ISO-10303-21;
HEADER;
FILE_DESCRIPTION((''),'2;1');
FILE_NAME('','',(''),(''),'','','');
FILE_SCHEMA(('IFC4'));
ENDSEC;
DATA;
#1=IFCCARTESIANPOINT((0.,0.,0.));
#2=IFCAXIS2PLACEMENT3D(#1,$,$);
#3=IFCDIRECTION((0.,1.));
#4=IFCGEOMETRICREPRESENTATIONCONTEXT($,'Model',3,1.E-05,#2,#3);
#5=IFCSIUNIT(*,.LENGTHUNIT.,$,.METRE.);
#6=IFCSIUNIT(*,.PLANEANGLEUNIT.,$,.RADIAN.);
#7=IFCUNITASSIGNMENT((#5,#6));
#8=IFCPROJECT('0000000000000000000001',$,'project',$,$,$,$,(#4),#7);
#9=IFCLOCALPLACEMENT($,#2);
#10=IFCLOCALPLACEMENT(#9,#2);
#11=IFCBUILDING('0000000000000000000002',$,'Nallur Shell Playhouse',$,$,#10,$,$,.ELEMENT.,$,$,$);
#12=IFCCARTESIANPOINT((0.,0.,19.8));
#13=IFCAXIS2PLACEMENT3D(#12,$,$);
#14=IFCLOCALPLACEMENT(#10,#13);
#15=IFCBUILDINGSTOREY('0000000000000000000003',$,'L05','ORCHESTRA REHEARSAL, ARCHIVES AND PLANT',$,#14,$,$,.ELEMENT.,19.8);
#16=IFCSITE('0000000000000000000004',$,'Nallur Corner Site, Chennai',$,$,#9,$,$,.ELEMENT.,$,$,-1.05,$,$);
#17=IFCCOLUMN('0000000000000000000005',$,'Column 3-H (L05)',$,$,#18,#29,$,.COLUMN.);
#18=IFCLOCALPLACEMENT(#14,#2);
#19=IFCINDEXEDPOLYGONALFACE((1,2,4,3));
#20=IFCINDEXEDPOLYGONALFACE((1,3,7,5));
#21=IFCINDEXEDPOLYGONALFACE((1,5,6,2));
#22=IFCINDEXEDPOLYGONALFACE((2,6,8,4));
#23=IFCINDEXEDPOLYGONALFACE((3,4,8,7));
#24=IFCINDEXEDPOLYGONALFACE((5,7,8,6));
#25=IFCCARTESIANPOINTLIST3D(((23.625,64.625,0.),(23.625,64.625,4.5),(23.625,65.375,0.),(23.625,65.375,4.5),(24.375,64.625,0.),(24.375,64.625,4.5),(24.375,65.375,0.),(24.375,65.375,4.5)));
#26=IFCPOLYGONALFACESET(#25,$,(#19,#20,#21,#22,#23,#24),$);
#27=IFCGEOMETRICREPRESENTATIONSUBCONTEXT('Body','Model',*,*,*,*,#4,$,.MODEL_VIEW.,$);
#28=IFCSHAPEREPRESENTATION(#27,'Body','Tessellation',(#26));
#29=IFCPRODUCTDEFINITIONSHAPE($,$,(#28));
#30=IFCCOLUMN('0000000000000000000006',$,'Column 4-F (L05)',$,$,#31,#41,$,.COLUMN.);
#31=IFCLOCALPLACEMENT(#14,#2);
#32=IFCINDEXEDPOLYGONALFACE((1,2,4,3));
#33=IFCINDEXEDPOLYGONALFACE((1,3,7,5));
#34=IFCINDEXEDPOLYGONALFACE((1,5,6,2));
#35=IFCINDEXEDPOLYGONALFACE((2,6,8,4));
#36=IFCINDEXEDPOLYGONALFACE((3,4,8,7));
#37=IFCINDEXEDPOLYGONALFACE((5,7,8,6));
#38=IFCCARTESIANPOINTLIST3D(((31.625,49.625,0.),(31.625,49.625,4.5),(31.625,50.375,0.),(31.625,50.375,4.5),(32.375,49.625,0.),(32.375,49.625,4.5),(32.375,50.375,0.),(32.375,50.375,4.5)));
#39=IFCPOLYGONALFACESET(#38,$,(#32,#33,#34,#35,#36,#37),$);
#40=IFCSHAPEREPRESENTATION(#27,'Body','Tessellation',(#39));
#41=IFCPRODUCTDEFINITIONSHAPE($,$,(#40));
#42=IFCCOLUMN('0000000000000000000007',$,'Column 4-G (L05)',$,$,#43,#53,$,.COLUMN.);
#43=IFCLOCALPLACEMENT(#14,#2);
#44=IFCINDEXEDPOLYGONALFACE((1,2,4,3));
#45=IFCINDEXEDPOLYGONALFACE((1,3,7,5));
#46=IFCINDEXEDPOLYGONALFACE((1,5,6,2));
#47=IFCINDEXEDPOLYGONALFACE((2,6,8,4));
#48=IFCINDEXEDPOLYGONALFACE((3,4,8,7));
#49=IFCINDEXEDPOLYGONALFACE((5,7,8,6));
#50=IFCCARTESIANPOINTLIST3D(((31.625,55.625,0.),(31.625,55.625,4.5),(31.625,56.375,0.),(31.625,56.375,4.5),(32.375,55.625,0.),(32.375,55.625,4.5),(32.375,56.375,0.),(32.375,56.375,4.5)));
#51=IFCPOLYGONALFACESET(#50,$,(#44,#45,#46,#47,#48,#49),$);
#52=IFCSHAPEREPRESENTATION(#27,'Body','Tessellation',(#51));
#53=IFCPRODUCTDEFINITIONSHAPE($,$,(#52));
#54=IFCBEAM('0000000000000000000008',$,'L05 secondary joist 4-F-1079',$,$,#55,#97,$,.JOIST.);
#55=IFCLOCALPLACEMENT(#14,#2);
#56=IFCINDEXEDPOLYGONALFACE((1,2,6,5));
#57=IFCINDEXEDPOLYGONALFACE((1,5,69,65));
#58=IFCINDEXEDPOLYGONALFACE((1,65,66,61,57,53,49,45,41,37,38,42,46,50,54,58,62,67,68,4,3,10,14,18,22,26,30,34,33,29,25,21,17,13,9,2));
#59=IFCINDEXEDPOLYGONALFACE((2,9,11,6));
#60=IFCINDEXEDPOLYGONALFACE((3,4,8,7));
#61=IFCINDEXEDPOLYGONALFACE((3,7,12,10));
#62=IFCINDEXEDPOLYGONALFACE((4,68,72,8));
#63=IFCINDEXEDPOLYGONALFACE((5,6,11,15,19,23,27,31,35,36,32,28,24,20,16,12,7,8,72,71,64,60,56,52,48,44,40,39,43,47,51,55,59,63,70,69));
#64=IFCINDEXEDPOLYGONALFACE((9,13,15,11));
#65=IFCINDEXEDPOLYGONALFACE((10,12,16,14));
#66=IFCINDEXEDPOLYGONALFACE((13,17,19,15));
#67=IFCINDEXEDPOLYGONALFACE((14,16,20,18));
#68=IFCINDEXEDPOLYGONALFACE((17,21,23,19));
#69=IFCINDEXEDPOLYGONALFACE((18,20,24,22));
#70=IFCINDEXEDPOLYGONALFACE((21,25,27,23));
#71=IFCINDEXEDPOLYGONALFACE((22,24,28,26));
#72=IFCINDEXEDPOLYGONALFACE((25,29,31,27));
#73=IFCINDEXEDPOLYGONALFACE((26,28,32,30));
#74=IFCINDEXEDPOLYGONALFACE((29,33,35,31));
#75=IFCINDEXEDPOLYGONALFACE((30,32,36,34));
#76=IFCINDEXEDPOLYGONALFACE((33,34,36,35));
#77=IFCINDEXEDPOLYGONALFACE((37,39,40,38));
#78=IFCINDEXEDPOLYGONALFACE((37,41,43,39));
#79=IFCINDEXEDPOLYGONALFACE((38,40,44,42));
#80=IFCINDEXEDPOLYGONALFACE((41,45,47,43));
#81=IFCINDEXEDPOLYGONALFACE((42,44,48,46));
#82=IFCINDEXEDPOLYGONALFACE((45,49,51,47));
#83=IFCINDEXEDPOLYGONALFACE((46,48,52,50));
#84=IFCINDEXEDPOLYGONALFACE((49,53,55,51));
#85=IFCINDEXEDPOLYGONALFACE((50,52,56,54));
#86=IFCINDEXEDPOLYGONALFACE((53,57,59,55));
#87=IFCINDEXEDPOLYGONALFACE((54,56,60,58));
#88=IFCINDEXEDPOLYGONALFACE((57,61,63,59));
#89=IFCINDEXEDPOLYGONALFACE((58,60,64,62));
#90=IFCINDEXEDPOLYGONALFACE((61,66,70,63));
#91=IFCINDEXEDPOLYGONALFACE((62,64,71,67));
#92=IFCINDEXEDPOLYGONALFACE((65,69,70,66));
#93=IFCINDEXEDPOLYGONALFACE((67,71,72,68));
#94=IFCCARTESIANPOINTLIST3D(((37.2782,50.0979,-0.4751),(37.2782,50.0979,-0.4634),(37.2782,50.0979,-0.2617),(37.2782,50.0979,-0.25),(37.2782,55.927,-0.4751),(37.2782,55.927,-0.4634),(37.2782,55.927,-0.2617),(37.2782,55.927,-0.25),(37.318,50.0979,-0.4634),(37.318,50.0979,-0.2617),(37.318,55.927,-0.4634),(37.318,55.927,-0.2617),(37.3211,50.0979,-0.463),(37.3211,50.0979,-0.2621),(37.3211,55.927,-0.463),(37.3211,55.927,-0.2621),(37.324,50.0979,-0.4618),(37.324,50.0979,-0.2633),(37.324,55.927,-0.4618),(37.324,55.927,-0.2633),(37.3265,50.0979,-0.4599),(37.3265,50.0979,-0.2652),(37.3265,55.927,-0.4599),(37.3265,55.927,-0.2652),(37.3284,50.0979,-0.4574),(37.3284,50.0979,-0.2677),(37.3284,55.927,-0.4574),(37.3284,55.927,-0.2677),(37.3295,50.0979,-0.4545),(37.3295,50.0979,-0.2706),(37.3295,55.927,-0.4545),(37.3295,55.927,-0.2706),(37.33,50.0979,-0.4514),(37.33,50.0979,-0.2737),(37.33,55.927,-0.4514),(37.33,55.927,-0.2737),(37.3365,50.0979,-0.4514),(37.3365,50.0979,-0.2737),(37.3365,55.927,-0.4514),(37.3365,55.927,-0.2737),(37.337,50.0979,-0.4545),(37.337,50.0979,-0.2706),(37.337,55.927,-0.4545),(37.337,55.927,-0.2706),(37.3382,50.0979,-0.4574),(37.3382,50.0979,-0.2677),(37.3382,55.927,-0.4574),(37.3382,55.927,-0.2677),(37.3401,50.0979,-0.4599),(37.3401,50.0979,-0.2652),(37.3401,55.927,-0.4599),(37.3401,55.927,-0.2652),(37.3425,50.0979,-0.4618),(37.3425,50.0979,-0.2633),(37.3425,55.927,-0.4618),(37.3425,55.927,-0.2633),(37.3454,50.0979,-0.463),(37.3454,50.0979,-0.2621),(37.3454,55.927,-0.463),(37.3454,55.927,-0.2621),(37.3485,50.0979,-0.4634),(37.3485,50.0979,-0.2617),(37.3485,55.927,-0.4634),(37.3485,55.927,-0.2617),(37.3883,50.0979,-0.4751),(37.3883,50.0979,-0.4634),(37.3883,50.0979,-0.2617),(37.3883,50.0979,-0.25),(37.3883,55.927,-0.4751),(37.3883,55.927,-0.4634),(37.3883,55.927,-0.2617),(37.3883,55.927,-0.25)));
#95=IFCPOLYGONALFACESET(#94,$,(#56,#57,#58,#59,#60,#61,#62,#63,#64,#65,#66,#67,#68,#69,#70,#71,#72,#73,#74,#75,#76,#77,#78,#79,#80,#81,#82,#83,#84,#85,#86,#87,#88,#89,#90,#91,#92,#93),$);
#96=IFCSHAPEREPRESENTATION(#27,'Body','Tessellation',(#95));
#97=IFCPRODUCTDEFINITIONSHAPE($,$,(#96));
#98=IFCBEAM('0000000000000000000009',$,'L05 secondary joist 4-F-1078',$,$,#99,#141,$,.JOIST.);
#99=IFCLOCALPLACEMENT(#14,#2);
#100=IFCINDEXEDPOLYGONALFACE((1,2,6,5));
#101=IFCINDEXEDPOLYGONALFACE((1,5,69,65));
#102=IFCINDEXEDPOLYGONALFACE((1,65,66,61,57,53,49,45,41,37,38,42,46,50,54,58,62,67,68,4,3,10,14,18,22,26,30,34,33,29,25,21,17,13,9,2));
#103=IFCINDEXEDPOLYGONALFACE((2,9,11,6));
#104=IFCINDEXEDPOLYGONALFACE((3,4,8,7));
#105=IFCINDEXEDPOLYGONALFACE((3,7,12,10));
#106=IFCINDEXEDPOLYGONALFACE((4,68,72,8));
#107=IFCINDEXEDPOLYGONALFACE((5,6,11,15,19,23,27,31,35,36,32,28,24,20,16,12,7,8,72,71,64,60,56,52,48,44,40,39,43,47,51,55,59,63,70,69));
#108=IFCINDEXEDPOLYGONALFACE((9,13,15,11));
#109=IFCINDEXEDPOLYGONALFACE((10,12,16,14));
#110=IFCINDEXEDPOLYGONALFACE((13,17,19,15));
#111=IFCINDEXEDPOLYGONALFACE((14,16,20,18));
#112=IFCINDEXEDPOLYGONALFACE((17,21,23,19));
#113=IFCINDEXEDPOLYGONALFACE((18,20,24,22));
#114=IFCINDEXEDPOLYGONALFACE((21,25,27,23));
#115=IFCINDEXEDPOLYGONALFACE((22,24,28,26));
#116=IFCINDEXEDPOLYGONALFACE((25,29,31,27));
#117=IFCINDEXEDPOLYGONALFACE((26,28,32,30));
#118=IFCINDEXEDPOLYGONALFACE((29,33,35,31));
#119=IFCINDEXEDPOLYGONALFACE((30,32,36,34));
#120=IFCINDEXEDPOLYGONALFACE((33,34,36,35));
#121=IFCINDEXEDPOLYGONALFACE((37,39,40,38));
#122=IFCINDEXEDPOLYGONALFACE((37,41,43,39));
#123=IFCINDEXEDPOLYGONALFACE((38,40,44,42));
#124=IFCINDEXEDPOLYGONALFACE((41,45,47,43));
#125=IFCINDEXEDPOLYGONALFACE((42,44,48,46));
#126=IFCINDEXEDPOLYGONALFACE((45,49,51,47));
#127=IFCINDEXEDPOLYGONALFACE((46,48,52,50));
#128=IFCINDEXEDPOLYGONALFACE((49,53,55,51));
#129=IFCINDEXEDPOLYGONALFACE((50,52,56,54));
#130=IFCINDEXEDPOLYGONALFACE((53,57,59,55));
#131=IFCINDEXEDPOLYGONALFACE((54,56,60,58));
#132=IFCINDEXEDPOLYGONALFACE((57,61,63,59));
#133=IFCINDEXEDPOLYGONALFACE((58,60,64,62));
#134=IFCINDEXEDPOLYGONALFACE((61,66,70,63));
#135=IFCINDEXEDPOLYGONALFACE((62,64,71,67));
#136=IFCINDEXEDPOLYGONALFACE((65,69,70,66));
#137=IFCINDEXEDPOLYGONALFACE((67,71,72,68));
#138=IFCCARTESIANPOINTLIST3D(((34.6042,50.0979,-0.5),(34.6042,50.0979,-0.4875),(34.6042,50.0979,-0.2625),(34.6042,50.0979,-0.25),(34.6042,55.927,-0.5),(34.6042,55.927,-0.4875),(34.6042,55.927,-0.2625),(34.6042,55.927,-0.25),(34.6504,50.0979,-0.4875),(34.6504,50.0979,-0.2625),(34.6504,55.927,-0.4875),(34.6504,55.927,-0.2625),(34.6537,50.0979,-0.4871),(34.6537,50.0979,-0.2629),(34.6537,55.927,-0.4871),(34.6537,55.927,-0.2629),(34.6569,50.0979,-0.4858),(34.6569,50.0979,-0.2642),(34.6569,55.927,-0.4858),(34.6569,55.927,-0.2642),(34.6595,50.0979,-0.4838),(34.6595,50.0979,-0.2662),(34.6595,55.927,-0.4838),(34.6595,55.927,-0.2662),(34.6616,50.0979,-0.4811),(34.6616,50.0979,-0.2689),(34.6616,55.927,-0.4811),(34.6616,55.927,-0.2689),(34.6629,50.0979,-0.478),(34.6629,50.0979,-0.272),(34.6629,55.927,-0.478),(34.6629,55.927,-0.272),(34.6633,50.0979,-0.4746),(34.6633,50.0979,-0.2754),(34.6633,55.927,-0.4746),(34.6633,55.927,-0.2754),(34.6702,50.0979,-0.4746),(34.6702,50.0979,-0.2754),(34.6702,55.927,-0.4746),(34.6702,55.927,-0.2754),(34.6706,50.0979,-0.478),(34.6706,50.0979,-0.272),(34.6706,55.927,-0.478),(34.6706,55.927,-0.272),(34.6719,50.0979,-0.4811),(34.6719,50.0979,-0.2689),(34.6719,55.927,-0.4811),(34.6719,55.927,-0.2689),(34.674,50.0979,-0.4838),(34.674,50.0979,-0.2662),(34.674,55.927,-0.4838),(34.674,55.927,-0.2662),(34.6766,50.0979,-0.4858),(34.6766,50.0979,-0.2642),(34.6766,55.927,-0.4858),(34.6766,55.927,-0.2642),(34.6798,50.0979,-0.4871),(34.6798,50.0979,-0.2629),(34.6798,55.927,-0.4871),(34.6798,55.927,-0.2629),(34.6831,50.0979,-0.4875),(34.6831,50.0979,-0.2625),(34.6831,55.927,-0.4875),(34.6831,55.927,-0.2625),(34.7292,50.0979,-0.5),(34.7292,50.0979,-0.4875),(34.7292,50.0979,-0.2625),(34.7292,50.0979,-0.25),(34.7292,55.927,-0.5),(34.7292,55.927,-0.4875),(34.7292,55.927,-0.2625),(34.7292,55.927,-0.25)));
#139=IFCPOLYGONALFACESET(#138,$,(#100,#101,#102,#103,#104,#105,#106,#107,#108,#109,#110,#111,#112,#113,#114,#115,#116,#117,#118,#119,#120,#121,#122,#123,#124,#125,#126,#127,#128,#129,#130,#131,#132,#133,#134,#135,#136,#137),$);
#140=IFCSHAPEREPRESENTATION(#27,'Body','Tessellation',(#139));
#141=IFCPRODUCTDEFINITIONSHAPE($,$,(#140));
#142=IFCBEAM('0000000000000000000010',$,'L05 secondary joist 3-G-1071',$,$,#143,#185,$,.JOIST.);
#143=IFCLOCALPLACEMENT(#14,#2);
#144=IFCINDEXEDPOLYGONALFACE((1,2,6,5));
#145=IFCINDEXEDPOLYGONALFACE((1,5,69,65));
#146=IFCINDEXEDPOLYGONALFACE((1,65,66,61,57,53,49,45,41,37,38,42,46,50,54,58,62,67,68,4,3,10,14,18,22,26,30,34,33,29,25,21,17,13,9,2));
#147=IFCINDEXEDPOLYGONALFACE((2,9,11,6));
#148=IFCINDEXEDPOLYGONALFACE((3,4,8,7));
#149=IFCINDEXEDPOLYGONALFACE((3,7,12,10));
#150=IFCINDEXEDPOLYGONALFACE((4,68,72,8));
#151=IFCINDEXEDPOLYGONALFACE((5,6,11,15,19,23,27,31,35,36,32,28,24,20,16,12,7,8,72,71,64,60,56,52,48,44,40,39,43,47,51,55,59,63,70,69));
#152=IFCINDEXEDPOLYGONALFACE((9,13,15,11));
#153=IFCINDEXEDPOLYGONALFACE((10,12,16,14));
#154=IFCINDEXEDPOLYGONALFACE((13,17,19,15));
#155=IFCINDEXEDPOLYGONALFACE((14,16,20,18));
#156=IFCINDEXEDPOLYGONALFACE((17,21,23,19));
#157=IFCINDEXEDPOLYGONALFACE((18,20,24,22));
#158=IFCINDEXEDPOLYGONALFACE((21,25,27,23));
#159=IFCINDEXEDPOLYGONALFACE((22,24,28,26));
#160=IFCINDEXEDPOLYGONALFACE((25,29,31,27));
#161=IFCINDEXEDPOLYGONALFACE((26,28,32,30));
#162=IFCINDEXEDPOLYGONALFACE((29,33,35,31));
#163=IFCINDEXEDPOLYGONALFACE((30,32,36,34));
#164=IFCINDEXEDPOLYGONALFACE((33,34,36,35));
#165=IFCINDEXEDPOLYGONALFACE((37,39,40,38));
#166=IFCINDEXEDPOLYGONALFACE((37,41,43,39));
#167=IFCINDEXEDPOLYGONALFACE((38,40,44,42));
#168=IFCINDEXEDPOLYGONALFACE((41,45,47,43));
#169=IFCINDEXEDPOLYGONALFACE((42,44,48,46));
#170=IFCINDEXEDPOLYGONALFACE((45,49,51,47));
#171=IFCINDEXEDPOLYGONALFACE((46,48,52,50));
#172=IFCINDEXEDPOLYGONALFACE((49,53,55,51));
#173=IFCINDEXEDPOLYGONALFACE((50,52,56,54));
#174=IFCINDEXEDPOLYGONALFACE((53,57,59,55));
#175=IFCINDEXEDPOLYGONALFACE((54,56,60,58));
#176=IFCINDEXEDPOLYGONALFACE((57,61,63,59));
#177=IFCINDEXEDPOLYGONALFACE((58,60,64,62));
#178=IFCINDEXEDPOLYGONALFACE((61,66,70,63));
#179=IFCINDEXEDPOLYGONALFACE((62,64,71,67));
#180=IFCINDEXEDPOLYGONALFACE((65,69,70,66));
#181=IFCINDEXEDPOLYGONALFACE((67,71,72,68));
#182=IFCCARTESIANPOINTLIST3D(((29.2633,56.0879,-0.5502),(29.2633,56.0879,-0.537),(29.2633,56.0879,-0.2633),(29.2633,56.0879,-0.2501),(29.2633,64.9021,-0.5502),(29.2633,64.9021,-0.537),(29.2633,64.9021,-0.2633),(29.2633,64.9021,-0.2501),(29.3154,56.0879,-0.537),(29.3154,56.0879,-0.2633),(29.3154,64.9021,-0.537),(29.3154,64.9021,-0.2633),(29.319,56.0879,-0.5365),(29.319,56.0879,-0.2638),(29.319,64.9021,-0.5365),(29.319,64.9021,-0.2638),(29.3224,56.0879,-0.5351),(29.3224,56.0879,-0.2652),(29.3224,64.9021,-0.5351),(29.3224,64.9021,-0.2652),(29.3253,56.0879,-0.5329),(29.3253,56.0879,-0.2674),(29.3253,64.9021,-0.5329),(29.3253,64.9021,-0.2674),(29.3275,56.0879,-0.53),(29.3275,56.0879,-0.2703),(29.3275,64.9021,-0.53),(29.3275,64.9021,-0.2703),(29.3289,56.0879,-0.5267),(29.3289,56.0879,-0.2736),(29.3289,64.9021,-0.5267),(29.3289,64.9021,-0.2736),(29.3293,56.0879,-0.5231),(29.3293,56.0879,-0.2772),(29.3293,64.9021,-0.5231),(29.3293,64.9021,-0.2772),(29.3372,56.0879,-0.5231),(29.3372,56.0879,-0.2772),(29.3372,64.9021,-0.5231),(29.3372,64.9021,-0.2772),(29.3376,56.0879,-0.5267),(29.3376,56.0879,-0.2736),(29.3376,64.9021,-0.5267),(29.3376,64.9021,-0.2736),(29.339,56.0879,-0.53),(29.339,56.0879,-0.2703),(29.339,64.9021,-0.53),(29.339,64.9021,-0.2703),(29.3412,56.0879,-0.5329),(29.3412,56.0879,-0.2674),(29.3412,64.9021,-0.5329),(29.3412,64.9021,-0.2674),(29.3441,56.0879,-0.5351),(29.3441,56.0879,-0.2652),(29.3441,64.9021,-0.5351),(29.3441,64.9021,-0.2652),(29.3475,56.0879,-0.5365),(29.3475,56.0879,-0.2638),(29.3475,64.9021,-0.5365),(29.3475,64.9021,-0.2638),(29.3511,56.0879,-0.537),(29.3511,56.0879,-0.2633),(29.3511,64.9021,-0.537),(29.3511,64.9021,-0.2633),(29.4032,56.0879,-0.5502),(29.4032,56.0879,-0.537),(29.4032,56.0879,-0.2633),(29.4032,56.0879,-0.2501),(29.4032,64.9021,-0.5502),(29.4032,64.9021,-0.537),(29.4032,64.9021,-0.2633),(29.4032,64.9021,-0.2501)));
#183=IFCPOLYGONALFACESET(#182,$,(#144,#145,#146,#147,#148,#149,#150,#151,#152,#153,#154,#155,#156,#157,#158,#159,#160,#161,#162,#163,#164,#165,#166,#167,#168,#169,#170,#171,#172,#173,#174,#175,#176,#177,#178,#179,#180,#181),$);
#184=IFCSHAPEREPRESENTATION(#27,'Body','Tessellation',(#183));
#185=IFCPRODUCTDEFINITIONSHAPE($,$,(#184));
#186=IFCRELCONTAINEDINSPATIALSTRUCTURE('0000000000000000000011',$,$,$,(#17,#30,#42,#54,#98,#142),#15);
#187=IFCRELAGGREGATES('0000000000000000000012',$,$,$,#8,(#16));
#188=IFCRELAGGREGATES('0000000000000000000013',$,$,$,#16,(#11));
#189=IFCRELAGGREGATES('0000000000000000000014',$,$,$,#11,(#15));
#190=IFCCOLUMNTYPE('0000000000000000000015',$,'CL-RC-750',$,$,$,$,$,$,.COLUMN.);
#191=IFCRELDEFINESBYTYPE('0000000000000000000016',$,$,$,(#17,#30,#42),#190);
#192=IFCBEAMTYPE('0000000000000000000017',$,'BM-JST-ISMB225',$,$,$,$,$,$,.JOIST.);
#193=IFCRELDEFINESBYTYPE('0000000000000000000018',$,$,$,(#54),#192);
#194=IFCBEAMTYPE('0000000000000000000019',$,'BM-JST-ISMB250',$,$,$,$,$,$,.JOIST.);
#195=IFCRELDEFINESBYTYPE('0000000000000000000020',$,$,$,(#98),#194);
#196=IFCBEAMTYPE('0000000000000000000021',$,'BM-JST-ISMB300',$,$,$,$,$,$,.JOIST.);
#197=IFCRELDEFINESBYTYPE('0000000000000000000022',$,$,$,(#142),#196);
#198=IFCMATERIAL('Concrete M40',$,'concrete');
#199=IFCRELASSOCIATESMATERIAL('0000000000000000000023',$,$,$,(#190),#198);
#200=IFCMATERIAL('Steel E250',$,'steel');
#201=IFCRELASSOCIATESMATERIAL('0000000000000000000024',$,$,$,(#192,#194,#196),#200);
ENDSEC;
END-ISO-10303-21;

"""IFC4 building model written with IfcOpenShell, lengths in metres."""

from ifc_helpers import new_model, si_unit, direction, frame, origin, origin_2d, place, context, subcontext, project, spatial, rectangle, i_section, extrude, material, material_profile, profile_set, type_object, element, save


model = new_model("IFC4")

# Units and contexts
model_context = context("Model", 3, precision=1e-05, world=origin(), true_north=direction((0.0, 1.0)))
body_context = subcontext(model_context, "Body", "Model", "MODEL_VIEW")
ifc_project = project(units=[si_unit("LENGTHUNIT", "METRE"), si_unit("PLANEANGLEUNIT", "RADIAN")], contexts=[model_context])

# Site, building, storey
site_placement = place(None, origin())
site = spatial("IfcSite", under=ifc_project, at=site_placement, Name="Nallur Corner Site, Chennai", CompositionType="ELEMENT", RefElevation=-1.05)
building_placement = place(site_placement, origin())
building = spatial("IfcBuilding", under=site, at=building_placement, Name="Nallur Shell Playhouse", CompositionType="ELEMENT")
storey_placement = place(building_placement, frame((0.0, 0.0, 19.8)))
storey = spatial("IfcBuildingStorey", under=building, at=storey_placement, Name="L05", Description="ORCHESTRA REHEARSAL, ARCHIVES AND PLANT", CompositionType="ELEMENT", Elevation=19.8)

# Columns
ifc_material_1 = material(Name="Concrete M40", Category="concrete")
ifc_material_profile_1 = material_profile(ifc_material_1, rectangle(XDim=0.75, YDim=0.75, at=origin_2d()), Name="RC 750x750")
ifc_profile_set_1 = profile_set([ifc_material_profile_1], Name="Concrete M40")
column_type = type_object("IfcColumnType", Name="CL-RC-750", PredefinedType="COLUMN", material=ifc_profile_set_1)
for number, where, z_axis, x_axis, name in (
    (1, (24.0, 65.0, 0.0), (0.0, 0.0, 1.0), (1.0, 0.0, 0.0), "Column 3-H (L05)"),
    (2, (32.0, 50.0, 0.0), (0.0, 0.0, 1.0), (1.0, 0.0, 0.0), "Column 4-F (L05)"),
    (3, (32.0, 56.0, 0.0), (0.0, 0.0, 1.0), (1.0, 0.0, 0.0), "Column 4-G (L05)"),
):
    element("IfcColumn", number, at=place(storey_placement, frame(where, z_axis=z_axis, x_axis=x_axis)), inside=storey, type_object=column_type, Name=name, PredefinedType="COLUMN", context=body_context, shape_type="SweptSolid", body=[
        extrude(rectangle(XDim=0.75, YDim=0.75, at=origin_2d()), origin(), (0.0, 0.0, 1.0), 4.5),
    ])

# Beams
ifc_material_2 = material(Name="Steel E250", Category="steel")
ifc_material_profile_2 = material_profile(ifc_material_2, i_section(OverallWidth=0.1101, OverallDepth=0.2251, WebThickness=0.0066, FlangeThickness=0.0117, FilletRadius=0.012, at=origin_2d()), Name="ISMB 225")
ifc_profile_set_2 = profile_set([ifc_material_profile_2], Name="Steel E250")
beam_type_1 = type_object("IfcBeamType", Name="BM-JST-ISMB225", PredefinedType="JOIST", material=ifc_profile_set_2)
beam_1_placement = place(storey_placement, frame((37.3333, 50.0979, -0.3625), z_axis=(0.0, 1.0, 0.0), x_axis=(-1.0, 0.0, 0.0)))
element("IfcBeam", 4, at=beam_1_placement, inside=storey, type_object=beam_type_1, Name="L05 secondary joist 4-F-1079", PredefinedType="JOIST", context=body_context, shape_type="SweptSolid", body=[
    extrude(i_section(OverallWidth=0.1101, OverallDepth=0.2251, WebThickness=0.0066, FlangeThickness=0.0117, FilletRadius=0.012, at=origin_2d()), origin(), (0.0, 0.0, 1.0), 5.8291),
])
ifc_material_profile_3 = material_profile(ifc_material_2, i_section(OverallWidth=0.125, OverallDepth=0.25, WebThickness=0.0068, FlangeThickness=0.0125, FilletRadius=0.0129, at=origin_2d()), Name="ISMB 250")
ifc_profile_set_3 = profile_set([ifc_material_profile_3], Name="Steel E250")
beam_type_2 = type_object("IfcBeamType", Name="BM-JST-ISMB250", PredefinedType="JOIST", material=ifc_profile_set_3)
beam_2_placement = place(storey_placement, frame((34.6667, 50.0979, -0.375), z_axis=(0.0, 1.0, 0.0), x_axis=(-1.0, 0.0, 0.0)))
element("IfcBeam", 5, at=beam_2_placement, inside=storey, type_object=beam_type_2, Name="L05 secondary joist 4-F-1078", PredefinedType="JOIST", context=body_context, shape_type="SweptSolid", body=[
    extrude(i_section(OverallWidth=0.125, OverallDepth=0.25, WebThickness=0.0068, FlangeThickness=0.0125, FilletRadius=0.0129, at=origin_2d()), origin(), (0.0, 0.0, 1.0), 5.8291),
])
ifc_material_profile_4 = material_profile(ifc_material_2, i_section(OverallWidth=0.1399, OverallDepth=0.3, WebThickness=0.0078, FlangeThickness=0.0132, FilletRadius=0.0139, at=origin_2d()), Name="ISMB 300")
ifc_profile_set_4 = profile_set([ifc_material_profile_4], Name="Steel E250")
beam_type_3 = type_object("IfcBeamType", Name="BM-JST-ISMB300", PredefinedType="JOIST", material=ifc_profile_set_4)
beam_3_placement = place(storey_placement, frame((29.3333, 56.0879, -0.4001), z_axis=(0.0, 1.0, 0.0), x_axis=(-1.0, 0.0, 0.0)))
element("IfcBeam", 6, at=beam_3_placement, inside=storey, type_object=beam_type_3, Name="L05 secondary joist 3-G-1071", PredefinedType="JOIST", context=body_context, shape_type="SweptSolid", body=[
    extrude(i_section(OverallWidth=0.1399, OverallDepth=0.3, WebThickness=0.0078, FlangeThickness=0.0132, FilletRadius=0.0139, at=origin_2d()), origin(), (0.0, 0.0, 1.0), 8.8142),
])

save(model, "model.ifc")
